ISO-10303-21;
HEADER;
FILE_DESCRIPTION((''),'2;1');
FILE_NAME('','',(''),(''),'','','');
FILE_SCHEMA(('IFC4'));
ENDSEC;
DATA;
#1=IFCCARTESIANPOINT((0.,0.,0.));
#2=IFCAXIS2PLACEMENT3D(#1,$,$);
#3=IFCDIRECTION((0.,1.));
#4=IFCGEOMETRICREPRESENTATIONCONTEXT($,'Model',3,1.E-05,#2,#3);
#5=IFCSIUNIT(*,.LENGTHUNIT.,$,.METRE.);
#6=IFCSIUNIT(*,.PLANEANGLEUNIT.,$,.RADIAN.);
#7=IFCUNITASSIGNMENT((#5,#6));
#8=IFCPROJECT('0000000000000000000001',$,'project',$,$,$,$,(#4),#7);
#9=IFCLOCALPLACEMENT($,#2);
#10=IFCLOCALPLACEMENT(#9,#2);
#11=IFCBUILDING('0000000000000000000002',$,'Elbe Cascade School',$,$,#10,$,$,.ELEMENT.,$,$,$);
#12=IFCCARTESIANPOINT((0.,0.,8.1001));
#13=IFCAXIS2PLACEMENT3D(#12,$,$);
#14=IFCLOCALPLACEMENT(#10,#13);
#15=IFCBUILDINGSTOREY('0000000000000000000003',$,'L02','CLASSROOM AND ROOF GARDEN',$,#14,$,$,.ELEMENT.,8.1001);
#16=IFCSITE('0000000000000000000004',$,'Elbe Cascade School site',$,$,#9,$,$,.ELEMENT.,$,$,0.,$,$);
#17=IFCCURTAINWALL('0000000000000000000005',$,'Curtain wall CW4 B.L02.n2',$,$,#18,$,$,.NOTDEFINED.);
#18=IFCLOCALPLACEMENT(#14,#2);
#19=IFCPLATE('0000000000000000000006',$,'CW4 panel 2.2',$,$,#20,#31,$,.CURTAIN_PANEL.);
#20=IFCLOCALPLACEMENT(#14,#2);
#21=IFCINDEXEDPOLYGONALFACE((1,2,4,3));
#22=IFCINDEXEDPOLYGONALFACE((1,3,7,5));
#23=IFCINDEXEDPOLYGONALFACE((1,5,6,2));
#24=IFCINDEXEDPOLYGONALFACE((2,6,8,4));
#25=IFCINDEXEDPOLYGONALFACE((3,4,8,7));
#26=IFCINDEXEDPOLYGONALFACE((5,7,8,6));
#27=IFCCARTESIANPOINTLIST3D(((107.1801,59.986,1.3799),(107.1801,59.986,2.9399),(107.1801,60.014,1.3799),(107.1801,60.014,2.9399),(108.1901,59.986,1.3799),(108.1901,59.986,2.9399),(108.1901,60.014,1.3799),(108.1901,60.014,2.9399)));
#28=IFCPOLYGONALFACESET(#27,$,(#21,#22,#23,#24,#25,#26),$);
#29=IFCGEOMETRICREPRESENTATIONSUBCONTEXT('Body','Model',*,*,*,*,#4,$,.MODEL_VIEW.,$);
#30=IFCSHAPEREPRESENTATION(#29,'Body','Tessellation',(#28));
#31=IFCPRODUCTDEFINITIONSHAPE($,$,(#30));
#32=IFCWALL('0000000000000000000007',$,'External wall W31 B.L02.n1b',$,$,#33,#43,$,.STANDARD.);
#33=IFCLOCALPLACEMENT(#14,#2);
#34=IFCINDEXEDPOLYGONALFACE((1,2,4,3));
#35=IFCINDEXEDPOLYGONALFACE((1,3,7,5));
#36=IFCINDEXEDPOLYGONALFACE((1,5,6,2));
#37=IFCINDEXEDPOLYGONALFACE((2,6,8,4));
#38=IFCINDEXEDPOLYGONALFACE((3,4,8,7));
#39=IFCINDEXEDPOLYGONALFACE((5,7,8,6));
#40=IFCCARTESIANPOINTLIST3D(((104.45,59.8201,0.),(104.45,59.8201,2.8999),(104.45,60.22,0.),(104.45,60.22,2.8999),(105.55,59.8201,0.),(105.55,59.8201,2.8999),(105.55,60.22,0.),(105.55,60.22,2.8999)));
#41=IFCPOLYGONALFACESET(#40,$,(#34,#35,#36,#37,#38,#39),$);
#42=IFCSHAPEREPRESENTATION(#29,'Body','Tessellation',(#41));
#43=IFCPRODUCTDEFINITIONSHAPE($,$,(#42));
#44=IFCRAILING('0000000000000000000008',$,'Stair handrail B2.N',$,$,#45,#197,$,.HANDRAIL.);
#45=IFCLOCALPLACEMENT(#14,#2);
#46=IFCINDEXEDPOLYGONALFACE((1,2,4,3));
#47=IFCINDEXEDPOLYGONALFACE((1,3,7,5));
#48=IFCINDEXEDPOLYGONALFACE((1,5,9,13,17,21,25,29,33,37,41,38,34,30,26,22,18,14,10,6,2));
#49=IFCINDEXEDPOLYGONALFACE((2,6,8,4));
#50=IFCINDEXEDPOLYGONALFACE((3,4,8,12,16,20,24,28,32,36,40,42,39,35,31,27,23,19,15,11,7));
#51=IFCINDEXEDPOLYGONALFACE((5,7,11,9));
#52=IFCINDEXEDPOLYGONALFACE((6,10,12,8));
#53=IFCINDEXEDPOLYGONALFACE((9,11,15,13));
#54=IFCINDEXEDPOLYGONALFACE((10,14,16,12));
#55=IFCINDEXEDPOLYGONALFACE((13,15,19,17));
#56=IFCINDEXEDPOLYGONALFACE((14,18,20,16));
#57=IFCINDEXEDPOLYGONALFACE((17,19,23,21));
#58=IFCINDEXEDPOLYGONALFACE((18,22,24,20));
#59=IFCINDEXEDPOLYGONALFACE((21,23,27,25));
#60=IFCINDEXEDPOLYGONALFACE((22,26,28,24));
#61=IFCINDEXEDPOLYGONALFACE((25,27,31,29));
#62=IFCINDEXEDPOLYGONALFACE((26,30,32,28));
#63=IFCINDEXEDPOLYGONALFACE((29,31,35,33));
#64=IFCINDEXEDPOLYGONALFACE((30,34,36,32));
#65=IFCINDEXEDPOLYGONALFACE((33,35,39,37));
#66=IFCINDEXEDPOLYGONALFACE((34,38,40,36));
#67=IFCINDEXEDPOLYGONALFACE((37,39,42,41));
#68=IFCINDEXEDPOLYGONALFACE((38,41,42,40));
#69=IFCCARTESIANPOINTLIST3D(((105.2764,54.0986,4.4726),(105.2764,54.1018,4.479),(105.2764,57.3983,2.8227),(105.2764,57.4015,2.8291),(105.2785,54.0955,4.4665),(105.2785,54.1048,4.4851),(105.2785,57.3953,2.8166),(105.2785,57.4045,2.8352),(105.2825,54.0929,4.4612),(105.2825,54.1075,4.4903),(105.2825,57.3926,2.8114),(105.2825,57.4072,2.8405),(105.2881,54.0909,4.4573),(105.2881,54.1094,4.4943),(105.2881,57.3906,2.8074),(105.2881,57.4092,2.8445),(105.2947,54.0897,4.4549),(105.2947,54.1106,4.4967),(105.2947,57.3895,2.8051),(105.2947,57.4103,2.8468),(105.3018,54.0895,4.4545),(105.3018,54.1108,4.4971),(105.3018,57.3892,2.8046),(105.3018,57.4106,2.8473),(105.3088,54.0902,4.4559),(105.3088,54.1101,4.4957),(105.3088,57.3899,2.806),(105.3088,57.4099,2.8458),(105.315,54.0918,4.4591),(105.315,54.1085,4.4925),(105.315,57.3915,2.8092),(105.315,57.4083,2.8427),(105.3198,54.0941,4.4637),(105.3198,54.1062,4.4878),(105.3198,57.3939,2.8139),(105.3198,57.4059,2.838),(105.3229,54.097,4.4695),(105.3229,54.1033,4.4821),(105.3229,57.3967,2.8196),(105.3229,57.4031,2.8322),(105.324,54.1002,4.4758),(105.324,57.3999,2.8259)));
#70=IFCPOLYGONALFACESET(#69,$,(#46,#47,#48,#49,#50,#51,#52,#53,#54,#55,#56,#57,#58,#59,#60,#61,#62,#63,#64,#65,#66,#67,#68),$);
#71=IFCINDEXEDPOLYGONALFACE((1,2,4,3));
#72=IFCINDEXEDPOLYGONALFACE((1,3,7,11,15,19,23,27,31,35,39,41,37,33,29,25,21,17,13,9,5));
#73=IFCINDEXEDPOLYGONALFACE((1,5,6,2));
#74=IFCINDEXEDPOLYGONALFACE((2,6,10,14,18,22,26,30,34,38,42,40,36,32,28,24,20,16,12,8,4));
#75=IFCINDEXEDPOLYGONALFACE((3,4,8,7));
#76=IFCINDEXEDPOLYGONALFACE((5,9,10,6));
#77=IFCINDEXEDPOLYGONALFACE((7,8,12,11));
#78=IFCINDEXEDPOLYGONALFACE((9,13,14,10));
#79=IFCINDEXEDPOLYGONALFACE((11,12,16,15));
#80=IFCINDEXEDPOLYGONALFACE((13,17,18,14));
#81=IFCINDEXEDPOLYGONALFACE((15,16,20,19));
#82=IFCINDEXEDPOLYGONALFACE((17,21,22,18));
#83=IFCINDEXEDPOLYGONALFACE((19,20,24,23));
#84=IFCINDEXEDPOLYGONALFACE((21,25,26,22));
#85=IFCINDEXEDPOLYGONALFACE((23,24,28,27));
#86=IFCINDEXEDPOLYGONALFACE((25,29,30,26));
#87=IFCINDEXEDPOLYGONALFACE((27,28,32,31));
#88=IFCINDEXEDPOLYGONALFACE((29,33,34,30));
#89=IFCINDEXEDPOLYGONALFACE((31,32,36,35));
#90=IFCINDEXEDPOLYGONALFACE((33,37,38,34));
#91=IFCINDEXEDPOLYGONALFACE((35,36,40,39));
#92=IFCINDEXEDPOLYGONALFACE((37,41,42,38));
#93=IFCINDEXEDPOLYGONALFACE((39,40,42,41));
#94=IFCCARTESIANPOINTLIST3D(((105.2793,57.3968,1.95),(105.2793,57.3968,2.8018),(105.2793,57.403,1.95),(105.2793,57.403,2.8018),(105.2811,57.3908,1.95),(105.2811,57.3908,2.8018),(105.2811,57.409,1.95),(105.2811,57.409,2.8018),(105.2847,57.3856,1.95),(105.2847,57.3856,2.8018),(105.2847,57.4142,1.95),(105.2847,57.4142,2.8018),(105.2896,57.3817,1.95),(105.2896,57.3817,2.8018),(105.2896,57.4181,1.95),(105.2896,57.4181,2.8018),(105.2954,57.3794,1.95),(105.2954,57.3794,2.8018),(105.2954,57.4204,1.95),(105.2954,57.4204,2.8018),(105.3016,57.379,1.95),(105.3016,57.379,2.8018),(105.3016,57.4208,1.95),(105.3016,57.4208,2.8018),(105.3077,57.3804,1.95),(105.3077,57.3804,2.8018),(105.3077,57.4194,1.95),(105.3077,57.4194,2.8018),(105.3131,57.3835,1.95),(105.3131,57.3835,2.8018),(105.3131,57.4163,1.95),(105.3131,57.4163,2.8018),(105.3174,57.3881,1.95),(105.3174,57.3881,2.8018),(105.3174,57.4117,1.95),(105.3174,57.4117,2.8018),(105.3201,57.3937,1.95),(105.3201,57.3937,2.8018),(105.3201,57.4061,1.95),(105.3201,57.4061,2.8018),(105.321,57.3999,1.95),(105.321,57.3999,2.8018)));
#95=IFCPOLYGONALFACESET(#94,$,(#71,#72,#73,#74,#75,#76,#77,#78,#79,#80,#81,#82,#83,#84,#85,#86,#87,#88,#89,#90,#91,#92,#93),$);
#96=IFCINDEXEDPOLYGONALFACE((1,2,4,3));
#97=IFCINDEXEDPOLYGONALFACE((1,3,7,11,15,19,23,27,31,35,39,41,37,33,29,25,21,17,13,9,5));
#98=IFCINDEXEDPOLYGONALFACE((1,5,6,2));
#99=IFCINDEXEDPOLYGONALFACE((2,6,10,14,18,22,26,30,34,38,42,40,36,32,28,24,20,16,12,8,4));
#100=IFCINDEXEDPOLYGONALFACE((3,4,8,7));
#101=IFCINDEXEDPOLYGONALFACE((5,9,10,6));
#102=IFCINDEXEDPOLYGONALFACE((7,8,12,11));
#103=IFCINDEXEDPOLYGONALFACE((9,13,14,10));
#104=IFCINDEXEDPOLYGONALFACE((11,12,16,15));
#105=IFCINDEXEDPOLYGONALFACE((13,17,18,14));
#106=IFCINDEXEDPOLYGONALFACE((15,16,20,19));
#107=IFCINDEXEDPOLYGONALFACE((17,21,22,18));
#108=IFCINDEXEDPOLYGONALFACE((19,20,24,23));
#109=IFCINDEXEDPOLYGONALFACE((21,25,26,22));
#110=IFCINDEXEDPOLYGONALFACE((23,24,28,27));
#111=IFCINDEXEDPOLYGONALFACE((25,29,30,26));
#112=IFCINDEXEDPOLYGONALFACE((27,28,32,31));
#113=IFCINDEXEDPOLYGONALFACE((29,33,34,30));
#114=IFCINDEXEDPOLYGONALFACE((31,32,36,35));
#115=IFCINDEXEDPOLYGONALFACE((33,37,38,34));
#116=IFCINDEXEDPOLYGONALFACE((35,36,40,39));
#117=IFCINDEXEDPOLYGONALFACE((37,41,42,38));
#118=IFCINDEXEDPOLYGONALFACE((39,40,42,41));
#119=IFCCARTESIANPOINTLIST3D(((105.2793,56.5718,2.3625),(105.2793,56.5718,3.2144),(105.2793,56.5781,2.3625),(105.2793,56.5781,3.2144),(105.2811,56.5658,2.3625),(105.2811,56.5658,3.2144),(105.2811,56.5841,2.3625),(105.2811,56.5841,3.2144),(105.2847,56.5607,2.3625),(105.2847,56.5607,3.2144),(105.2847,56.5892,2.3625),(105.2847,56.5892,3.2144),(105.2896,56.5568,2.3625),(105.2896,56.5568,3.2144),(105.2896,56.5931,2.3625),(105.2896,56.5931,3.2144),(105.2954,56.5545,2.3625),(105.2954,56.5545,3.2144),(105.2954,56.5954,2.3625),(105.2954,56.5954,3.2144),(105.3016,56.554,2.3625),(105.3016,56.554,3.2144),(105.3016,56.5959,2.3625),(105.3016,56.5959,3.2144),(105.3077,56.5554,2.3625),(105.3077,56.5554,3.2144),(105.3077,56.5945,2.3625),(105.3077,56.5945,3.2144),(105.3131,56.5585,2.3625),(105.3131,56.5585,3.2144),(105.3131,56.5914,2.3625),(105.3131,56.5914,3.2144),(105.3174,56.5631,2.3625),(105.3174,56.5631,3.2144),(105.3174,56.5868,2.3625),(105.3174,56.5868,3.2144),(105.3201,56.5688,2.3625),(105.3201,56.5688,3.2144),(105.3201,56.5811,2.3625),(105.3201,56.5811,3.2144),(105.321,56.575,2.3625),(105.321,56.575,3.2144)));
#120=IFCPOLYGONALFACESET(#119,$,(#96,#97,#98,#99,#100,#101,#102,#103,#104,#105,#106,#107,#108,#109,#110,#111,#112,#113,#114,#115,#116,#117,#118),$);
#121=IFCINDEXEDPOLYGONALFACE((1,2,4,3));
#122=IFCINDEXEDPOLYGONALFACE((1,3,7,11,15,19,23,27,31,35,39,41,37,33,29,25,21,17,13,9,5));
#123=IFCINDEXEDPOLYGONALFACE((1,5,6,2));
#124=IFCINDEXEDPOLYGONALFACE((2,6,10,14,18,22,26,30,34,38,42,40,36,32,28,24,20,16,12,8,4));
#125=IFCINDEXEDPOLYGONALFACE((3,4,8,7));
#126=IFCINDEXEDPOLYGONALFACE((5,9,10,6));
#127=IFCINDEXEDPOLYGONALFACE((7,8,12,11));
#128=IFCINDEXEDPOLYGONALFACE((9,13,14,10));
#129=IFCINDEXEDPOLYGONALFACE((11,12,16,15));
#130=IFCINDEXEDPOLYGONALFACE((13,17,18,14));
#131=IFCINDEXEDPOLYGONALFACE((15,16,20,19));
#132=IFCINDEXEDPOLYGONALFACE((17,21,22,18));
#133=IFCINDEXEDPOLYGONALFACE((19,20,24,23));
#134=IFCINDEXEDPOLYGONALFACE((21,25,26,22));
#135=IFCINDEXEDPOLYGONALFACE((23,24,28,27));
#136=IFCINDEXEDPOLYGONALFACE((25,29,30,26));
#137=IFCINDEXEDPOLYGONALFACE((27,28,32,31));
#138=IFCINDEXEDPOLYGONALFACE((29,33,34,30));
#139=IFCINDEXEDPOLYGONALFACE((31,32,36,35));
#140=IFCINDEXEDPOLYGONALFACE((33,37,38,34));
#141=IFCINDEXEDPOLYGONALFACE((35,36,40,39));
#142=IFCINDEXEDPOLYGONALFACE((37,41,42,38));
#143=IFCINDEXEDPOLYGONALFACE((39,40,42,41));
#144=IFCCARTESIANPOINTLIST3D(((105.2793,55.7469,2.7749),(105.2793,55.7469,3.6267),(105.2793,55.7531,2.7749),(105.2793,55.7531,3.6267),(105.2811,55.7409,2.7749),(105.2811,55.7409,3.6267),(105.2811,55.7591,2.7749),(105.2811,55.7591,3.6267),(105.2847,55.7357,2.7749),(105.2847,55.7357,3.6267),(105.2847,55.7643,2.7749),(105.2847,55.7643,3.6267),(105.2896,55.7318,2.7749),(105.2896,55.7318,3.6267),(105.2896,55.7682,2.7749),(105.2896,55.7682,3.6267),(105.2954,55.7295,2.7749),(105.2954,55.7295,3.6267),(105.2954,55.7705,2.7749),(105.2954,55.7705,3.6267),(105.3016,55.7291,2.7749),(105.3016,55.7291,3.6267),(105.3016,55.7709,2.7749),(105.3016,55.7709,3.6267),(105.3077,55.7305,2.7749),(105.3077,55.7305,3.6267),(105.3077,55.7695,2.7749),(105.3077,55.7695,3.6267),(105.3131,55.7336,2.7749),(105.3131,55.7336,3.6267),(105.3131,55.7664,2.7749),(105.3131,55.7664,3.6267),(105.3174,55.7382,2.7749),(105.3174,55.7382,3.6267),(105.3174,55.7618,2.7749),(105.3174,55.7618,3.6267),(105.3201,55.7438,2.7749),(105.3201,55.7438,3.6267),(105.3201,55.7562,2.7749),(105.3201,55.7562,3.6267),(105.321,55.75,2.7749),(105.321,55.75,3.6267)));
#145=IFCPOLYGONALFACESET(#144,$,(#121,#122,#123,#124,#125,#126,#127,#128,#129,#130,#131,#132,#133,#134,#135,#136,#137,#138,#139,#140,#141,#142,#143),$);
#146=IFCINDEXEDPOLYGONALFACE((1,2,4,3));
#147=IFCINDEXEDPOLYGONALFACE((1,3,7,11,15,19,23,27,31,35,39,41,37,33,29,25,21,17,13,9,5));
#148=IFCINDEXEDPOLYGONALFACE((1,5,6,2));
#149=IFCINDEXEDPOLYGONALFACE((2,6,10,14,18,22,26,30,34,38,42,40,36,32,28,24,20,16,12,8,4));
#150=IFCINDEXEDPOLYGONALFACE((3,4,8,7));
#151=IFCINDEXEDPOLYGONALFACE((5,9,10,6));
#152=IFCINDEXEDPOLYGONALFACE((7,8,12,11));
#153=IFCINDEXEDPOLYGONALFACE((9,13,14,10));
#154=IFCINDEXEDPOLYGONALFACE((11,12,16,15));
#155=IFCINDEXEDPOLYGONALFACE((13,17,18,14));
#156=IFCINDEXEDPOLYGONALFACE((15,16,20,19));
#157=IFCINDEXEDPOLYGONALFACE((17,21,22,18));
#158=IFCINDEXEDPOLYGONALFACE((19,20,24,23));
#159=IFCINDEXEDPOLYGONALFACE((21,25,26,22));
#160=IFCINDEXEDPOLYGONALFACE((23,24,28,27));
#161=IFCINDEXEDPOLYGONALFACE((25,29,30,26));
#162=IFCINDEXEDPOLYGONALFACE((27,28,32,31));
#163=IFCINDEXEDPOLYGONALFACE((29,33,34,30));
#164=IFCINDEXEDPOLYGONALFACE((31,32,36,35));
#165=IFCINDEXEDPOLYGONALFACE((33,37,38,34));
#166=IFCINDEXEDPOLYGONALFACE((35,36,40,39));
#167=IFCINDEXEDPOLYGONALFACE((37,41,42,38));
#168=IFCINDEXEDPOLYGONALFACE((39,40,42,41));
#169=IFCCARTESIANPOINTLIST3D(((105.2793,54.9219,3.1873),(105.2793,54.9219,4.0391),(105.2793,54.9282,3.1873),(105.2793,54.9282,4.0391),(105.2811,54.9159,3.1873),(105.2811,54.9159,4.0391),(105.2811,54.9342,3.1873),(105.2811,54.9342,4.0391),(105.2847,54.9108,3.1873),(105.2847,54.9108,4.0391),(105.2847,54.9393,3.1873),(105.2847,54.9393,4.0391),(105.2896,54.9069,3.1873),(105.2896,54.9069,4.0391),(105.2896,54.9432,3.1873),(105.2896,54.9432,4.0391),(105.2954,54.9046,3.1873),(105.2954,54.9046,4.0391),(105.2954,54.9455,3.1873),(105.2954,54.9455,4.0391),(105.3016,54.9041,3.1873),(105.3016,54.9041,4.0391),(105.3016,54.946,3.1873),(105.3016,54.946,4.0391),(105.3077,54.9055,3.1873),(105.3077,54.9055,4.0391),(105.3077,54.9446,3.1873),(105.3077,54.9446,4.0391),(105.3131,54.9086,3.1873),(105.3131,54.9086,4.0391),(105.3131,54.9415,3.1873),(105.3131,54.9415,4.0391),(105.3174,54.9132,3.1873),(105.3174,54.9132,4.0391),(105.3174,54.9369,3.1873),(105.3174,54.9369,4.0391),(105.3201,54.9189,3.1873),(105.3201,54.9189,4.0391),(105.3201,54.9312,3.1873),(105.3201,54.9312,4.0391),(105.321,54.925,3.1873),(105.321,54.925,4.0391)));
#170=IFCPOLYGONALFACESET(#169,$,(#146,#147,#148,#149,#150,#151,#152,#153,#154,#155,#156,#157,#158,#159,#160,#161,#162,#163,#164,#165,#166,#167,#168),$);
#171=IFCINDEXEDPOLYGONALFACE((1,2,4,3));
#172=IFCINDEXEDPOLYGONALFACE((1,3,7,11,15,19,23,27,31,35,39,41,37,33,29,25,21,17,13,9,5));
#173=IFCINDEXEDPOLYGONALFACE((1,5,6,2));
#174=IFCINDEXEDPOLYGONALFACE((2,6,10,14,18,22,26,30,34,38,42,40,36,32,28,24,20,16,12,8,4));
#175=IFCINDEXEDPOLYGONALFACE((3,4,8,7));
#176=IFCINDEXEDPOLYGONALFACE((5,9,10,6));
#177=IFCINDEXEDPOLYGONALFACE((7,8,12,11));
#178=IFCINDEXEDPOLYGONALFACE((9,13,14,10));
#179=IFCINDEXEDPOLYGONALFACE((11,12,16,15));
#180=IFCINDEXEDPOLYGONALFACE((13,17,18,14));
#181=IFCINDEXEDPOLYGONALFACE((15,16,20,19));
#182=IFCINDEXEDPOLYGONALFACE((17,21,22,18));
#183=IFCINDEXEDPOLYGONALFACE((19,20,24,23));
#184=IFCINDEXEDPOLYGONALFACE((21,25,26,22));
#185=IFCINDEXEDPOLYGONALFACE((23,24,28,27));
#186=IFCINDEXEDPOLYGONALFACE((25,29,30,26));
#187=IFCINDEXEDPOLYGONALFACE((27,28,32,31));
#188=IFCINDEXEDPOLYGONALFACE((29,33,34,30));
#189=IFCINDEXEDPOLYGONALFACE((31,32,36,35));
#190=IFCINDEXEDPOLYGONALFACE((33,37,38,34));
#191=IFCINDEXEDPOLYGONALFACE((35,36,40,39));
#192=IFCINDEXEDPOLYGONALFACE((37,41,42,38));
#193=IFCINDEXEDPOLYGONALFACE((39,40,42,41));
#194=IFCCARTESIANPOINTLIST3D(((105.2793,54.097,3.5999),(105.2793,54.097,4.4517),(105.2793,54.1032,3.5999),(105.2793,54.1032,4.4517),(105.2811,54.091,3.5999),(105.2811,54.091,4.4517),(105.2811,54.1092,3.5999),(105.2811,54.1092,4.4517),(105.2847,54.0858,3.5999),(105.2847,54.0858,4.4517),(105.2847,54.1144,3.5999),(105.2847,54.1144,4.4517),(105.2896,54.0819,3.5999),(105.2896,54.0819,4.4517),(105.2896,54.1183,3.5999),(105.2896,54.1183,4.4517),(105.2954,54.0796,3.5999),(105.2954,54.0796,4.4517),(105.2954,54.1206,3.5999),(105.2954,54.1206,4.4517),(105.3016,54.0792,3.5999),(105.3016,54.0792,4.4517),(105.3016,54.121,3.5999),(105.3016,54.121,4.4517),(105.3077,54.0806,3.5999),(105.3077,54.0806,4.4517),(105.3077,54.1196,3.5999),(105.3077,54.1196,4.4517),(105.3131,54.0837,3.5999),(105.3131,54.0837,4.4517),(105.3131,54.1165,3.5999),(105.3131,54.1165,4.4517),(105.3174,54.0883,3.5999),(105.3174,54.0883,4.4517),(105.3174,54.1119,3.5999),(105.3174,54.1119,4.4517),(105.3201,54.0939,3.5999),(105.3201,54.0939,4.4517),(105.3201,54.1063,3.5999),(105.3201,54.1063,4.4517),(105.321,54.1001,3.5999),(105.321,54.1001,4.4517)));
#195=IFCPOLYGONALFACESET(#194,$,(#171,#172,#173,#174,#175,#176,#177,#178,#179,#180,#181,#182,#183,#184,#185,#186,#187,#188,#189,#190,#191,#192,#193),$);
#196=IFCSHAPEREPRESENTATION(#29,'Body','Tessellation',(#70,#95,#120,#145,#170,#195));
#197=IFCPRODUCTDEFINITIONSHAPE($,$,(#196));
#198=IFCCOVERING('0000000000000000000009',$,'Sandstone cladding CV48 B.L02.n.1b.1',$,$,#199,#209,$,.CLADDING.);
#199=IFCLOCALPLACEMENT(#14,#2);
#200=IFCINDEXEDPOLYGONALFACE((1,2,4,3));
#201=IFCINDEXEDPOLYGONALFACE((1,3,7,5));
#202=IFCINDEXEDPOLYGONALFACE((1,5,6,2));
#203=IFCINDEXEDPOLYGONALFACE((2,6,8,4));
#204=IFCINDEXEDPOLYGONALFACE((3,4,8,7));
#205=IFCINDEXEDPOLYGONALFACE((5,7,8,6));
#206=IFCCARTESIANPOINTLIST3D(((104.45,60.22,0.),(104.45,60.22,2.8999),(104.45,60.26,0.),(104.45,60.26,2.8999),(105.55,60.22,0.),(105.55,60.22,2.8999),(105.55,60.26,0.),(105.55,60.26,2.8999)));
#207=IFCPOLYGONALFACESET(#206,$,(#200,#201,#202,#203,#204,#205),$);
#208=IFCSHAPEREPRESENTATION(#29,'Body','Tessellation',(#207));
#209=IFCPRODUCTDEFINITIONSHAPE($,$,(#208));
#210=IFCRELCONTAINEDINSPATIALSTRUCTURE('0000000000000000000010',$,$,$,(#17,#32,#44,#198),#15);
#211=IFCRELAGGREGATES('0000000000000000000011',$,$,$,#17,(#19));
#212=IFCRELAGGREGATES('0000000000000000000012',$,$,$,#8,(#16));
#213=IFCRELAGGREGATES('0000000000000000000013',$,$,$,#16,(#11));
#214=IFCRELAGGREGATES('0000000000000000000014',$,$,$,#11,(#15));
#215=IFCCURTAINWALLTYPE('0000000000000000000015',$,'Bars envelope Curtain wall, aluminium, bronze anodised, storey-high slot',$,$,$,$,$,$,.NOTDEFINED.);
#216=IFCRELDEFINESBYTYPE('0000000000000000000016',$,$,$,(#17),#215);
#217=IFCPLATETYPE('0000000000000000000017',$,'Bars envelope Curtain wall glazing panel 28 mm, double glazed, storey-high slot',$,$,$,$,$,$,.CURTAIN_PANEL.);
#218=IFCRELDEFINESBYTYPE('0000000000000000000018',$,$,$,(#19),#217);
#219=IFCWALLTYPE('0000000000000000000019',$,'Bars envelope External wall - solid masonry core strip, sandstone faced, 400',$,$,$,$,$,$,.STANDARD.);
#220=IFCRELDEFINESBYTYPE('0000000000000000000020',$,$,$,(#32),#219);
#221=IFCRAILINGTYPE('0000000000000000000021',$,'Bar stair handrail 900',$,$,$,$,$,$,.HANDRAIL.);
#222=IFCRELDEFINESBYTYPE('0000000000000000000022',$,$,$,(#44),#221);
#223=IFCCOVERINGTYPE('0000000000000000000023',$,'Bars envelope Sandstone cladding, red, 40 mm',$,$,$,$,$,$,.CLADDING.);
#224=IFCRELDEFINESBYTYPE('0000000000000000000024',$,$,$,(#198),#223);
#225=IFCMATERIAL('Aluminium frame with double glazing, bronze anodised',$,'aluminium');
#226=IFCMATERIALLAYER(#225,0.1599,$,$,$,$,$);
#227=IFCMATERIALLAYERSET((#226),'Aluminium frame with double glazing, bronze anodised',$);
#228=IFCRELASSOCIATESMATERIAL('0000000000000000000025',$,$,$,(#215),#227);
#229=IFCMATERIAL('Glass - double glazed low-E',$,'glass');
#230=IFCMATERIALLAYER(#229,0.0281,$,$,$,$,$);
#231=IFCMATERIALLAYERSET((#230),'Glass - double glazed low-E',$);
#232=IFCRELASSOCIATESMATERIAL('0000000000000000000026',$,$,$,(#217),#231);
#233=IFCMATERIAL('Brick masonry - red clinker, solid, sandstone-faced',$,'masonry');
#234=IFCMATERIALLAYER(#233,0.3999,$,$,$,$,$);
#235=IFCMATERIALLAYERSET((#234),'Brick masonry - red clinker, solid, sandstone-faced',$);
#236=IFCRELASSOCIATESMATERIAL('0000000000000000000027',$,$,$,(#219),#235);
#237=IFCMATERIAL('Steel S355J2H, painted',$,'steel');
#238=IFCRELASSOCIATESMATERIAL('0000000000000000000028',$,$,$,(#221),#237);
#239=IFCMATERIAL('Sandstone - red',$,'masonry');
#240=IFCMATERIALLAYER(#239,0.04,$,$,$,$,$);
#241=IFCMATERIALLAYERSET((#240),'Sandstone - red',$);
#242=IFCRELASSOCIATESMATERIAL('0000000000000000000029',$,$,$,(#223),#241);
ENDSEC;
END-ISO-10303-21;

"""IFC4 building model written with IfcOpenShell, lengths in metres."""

from ifc_helpers import new_model, si_unit, direction, frame, frame_2d, origin, origin_2d, place, context, subcontext, project, spatial, rectangle, circle, extrude, material, layer, layer_set, type_object, element, aggregate, save


model = new_model("IFC4")

# Units and contexts
model_context = context("Model", 3, precision=1e-05, world=origin(), true_north=direction((0.0, 1.0)))
body_context = subcontext(model_context, "Body", "Model", "MODEL_VIEW")
ifc_project = project(units=[si_unit("LENGTHUNIT", "METRE"), si_unit("PLANEANGLEUNIT", "RADIAN")], contexts=[model_context])

# Site, building, storey
site_placement = place(None, origin())
site = spatial("IfcSite", under=ifc_project, at=site_placement, Name="Elbe Cascade School site", CompositionType="ELEMENT", RefElevation=0.0)
building_placement = place(site_placement, origin())
building = spatial("IfcBuilding", under=site, at=building_placement, Name="Elbe Cascade School", CompositionType="ELEMENT")
storey_placement = place(building_placement, frame((0.0, 0.0, 8.1001)))
storey = spatial("IfcBuildingStorey", under=building, at=storey_placement, Name="L02", Description="CLASSROOM AND ROOF GARDEN", CompositionType="ELEMENT", Elevation=8.1001)

# Curtain wall
ifc_material_1 = material(Name="Aluminium frame with double glazing, bronze anodised", Category="aluminium")
ifc_layer_1 = layer(ifc_material_1, 0.1599)
ifc_layer_set_1 = layer_set([ifc_layer_1], Name="Aluminium frame with double glazing, bronze anodised")
curtain_wall_type = type_object("IfcCurtainWallType", Name="Bars envelope Curtain wall, aluminium, bronze anodised, storey-high slot", PredefinedType="NOTDEFINED", material=ifc_layer_set_1)
curtain_wall_placement = place(storey_placement, origin())
curtain_wall = element("IfcCurtainWall", 1, at=curtain_wall_placement, inside=storey, type_object=curtain_wall_type, Name="Curtain wall CW4 B.L02.n2", PredefinedType="NOTDEFINED")

# Plate
ifc_material_2 = material(Name="Glass - double glazed low-E", Category="glass")
ifc_layer_2 = layer(ifc_material_2, 0.0281)
ifc_layer_set_2 = layer_set([ifc_layer_2], Name="Glass - double glazed low-E")
plate_type = type_object("IfcPlateType", Name="Bars envelope Curtain wall glazing panel 28 mm, double glazed, storey-high slot", PredefinedType="CURTAIN_PANEL", material=ifc_layer_set_2)
plate_1_placement = place(storey_placement, frame((107.6851, 60.0, 1.3799), z_axis=(0.0, 0.0, 1.0), x_axis=(1.0, 0.0, 0.0)))
plate_1 = element("IfcPlate", 2, at=plate_1_placement, type_object=plate_type, Name="CW4 panel 2.2", PredefinedType="CURTAIN_PANEL", context=body_context, shape_type="SweptSolid", body=[
    extrude(rectangle(XDim=1.01, YDim=0.0281, at=origin_2d()), origin(), (0.0, 0.0, 1.0), 1.5601),
])
aggregate(curtain_wall, [plate_1])

# Wall
ifc_material_3 = material(Name="Brick masonry - red clinker, solid, sandstone-faced", Category="masonry")
ifc_layer_3 = layer(ifc_material_3, 0.3999)
ifc_layer_set_3 = layer_set([ifc_layer_3], Name="Brick masonry - red clinker, solid, sandstone-faced")
wall_type = type_object("IfcWallType", Name="Bars envelope External wall - solid masonry core strip, sandstone faced, 400", PredefinedType="STANDARD", material=ifc_layer_set_3)
wall_placement = place(storey_placement, frame((104.45, 60.02, 0.0), z_axis=(0.0, 0.0, 1.0), x_axis=(1.0, 0.0, 0.0)))
element("IfcWall", 3, at=wall_placement, inside=storey, type_object=wall_type, Name="External wall W31 B.L02.n1b", PredefinedType="STANDARD", context=body_context, shape_type="SweptSolid", body=[
    extrude(rectangle(XDim=1.1001, YDim=0.3999, at=frame_2d((0.55, 0.0))), origin(), (0.0, 0.0, 1.0), 2.8999),
])

# Railing
ifc_material_4 = material(Name="Steel S355J2H, painted", Category="steel")
railing_type = type_object("IfcRailingType", Name="Bar stair handrail 900", PredefinedType="HANDRAIL", material=ifc_material_4)
railing_placement = place(storey_placement, frame((105.3, 57.3999, 1.95)))
element("IfcRailing", 4, at=railing_placement, inside=storey, type_object=railing_type, Name="Stair handrail B2.N", PredefinedType="HANDRAIL", context=body_context, shape_type="SweptSolid", body=[
    extrude(circle(Radius=0.0239, at=origin_2d()), frame((0.0, 0.0, 0.876), z_axis=(0.0, -0.894427, 0.447214), x_axis=(1.0, 0.0, 0.0)), (0.0, 0.0, 1.0), 3.6892),
    extrude(circle(Radius=0.021, at=origin_2d()), origin(), (0.0, 0.0, 1.0), 0.8518),
    extrude(circle(Radius=0.021, at=origin_2d()), frame((0.0, -0.825, 0.4126)), (0.0, 0.0, 1.0), 0.8518),
    extrude(circle(Radius=0.021, at=origin_2d()), frame((0.0, -1.6499, 0.825)), (0.0, 0.0, 1.0), 0.8518),
    extrude(circle(Radius=0.021, at=origin_2d()), frame((0.0, -2.4749, 1.2373)), (0.0, 0.0, 1.0), 0.8518),
    extrude(circle(Radius=0.021, at=origin_2d()), frame((0.0, -3.2998, 1.6499)), (0.0, 0.0, 1.0), 0.8518),
])

# Covering
ifc_material_5 = material(Name="Sandstone - red", Category="masonry")
ifc_layer_4 = layer(ifc_material_5, 0.04)
ifc_layer_set_4 = layer_set([ifc_layer_4], Name="Sandstone - red")
covering_type = type_object("IfcCoveringType", Name="Bars envelope Sandstone cladding, red, 40 mm", PredefinedType="CLADDING", material=ifc_layer_set_4)
covering_placement = place(storey_placement, frame((105.0, 60.24, 0.0), z_axis=(0.0, 0.0, 1.0), x_axis=(1.0, 0.0, 0.0)))
element("IfcCovering", 5, at=covering_placement, inside=storey, type_object=covering_type, Name="Sandstone cladding CV48 B.L02.n.1b.1", PredefinedType="CLADDING", context=body_context, shape_type="SweptSolid", body=[
    extrude(rectangle(XDim=1.1001, YDim=0.04, at=origin_2d()), origin(), (0.0, 0.0, 1.0), 2.8999),
])

save(model, "model.ifc")
